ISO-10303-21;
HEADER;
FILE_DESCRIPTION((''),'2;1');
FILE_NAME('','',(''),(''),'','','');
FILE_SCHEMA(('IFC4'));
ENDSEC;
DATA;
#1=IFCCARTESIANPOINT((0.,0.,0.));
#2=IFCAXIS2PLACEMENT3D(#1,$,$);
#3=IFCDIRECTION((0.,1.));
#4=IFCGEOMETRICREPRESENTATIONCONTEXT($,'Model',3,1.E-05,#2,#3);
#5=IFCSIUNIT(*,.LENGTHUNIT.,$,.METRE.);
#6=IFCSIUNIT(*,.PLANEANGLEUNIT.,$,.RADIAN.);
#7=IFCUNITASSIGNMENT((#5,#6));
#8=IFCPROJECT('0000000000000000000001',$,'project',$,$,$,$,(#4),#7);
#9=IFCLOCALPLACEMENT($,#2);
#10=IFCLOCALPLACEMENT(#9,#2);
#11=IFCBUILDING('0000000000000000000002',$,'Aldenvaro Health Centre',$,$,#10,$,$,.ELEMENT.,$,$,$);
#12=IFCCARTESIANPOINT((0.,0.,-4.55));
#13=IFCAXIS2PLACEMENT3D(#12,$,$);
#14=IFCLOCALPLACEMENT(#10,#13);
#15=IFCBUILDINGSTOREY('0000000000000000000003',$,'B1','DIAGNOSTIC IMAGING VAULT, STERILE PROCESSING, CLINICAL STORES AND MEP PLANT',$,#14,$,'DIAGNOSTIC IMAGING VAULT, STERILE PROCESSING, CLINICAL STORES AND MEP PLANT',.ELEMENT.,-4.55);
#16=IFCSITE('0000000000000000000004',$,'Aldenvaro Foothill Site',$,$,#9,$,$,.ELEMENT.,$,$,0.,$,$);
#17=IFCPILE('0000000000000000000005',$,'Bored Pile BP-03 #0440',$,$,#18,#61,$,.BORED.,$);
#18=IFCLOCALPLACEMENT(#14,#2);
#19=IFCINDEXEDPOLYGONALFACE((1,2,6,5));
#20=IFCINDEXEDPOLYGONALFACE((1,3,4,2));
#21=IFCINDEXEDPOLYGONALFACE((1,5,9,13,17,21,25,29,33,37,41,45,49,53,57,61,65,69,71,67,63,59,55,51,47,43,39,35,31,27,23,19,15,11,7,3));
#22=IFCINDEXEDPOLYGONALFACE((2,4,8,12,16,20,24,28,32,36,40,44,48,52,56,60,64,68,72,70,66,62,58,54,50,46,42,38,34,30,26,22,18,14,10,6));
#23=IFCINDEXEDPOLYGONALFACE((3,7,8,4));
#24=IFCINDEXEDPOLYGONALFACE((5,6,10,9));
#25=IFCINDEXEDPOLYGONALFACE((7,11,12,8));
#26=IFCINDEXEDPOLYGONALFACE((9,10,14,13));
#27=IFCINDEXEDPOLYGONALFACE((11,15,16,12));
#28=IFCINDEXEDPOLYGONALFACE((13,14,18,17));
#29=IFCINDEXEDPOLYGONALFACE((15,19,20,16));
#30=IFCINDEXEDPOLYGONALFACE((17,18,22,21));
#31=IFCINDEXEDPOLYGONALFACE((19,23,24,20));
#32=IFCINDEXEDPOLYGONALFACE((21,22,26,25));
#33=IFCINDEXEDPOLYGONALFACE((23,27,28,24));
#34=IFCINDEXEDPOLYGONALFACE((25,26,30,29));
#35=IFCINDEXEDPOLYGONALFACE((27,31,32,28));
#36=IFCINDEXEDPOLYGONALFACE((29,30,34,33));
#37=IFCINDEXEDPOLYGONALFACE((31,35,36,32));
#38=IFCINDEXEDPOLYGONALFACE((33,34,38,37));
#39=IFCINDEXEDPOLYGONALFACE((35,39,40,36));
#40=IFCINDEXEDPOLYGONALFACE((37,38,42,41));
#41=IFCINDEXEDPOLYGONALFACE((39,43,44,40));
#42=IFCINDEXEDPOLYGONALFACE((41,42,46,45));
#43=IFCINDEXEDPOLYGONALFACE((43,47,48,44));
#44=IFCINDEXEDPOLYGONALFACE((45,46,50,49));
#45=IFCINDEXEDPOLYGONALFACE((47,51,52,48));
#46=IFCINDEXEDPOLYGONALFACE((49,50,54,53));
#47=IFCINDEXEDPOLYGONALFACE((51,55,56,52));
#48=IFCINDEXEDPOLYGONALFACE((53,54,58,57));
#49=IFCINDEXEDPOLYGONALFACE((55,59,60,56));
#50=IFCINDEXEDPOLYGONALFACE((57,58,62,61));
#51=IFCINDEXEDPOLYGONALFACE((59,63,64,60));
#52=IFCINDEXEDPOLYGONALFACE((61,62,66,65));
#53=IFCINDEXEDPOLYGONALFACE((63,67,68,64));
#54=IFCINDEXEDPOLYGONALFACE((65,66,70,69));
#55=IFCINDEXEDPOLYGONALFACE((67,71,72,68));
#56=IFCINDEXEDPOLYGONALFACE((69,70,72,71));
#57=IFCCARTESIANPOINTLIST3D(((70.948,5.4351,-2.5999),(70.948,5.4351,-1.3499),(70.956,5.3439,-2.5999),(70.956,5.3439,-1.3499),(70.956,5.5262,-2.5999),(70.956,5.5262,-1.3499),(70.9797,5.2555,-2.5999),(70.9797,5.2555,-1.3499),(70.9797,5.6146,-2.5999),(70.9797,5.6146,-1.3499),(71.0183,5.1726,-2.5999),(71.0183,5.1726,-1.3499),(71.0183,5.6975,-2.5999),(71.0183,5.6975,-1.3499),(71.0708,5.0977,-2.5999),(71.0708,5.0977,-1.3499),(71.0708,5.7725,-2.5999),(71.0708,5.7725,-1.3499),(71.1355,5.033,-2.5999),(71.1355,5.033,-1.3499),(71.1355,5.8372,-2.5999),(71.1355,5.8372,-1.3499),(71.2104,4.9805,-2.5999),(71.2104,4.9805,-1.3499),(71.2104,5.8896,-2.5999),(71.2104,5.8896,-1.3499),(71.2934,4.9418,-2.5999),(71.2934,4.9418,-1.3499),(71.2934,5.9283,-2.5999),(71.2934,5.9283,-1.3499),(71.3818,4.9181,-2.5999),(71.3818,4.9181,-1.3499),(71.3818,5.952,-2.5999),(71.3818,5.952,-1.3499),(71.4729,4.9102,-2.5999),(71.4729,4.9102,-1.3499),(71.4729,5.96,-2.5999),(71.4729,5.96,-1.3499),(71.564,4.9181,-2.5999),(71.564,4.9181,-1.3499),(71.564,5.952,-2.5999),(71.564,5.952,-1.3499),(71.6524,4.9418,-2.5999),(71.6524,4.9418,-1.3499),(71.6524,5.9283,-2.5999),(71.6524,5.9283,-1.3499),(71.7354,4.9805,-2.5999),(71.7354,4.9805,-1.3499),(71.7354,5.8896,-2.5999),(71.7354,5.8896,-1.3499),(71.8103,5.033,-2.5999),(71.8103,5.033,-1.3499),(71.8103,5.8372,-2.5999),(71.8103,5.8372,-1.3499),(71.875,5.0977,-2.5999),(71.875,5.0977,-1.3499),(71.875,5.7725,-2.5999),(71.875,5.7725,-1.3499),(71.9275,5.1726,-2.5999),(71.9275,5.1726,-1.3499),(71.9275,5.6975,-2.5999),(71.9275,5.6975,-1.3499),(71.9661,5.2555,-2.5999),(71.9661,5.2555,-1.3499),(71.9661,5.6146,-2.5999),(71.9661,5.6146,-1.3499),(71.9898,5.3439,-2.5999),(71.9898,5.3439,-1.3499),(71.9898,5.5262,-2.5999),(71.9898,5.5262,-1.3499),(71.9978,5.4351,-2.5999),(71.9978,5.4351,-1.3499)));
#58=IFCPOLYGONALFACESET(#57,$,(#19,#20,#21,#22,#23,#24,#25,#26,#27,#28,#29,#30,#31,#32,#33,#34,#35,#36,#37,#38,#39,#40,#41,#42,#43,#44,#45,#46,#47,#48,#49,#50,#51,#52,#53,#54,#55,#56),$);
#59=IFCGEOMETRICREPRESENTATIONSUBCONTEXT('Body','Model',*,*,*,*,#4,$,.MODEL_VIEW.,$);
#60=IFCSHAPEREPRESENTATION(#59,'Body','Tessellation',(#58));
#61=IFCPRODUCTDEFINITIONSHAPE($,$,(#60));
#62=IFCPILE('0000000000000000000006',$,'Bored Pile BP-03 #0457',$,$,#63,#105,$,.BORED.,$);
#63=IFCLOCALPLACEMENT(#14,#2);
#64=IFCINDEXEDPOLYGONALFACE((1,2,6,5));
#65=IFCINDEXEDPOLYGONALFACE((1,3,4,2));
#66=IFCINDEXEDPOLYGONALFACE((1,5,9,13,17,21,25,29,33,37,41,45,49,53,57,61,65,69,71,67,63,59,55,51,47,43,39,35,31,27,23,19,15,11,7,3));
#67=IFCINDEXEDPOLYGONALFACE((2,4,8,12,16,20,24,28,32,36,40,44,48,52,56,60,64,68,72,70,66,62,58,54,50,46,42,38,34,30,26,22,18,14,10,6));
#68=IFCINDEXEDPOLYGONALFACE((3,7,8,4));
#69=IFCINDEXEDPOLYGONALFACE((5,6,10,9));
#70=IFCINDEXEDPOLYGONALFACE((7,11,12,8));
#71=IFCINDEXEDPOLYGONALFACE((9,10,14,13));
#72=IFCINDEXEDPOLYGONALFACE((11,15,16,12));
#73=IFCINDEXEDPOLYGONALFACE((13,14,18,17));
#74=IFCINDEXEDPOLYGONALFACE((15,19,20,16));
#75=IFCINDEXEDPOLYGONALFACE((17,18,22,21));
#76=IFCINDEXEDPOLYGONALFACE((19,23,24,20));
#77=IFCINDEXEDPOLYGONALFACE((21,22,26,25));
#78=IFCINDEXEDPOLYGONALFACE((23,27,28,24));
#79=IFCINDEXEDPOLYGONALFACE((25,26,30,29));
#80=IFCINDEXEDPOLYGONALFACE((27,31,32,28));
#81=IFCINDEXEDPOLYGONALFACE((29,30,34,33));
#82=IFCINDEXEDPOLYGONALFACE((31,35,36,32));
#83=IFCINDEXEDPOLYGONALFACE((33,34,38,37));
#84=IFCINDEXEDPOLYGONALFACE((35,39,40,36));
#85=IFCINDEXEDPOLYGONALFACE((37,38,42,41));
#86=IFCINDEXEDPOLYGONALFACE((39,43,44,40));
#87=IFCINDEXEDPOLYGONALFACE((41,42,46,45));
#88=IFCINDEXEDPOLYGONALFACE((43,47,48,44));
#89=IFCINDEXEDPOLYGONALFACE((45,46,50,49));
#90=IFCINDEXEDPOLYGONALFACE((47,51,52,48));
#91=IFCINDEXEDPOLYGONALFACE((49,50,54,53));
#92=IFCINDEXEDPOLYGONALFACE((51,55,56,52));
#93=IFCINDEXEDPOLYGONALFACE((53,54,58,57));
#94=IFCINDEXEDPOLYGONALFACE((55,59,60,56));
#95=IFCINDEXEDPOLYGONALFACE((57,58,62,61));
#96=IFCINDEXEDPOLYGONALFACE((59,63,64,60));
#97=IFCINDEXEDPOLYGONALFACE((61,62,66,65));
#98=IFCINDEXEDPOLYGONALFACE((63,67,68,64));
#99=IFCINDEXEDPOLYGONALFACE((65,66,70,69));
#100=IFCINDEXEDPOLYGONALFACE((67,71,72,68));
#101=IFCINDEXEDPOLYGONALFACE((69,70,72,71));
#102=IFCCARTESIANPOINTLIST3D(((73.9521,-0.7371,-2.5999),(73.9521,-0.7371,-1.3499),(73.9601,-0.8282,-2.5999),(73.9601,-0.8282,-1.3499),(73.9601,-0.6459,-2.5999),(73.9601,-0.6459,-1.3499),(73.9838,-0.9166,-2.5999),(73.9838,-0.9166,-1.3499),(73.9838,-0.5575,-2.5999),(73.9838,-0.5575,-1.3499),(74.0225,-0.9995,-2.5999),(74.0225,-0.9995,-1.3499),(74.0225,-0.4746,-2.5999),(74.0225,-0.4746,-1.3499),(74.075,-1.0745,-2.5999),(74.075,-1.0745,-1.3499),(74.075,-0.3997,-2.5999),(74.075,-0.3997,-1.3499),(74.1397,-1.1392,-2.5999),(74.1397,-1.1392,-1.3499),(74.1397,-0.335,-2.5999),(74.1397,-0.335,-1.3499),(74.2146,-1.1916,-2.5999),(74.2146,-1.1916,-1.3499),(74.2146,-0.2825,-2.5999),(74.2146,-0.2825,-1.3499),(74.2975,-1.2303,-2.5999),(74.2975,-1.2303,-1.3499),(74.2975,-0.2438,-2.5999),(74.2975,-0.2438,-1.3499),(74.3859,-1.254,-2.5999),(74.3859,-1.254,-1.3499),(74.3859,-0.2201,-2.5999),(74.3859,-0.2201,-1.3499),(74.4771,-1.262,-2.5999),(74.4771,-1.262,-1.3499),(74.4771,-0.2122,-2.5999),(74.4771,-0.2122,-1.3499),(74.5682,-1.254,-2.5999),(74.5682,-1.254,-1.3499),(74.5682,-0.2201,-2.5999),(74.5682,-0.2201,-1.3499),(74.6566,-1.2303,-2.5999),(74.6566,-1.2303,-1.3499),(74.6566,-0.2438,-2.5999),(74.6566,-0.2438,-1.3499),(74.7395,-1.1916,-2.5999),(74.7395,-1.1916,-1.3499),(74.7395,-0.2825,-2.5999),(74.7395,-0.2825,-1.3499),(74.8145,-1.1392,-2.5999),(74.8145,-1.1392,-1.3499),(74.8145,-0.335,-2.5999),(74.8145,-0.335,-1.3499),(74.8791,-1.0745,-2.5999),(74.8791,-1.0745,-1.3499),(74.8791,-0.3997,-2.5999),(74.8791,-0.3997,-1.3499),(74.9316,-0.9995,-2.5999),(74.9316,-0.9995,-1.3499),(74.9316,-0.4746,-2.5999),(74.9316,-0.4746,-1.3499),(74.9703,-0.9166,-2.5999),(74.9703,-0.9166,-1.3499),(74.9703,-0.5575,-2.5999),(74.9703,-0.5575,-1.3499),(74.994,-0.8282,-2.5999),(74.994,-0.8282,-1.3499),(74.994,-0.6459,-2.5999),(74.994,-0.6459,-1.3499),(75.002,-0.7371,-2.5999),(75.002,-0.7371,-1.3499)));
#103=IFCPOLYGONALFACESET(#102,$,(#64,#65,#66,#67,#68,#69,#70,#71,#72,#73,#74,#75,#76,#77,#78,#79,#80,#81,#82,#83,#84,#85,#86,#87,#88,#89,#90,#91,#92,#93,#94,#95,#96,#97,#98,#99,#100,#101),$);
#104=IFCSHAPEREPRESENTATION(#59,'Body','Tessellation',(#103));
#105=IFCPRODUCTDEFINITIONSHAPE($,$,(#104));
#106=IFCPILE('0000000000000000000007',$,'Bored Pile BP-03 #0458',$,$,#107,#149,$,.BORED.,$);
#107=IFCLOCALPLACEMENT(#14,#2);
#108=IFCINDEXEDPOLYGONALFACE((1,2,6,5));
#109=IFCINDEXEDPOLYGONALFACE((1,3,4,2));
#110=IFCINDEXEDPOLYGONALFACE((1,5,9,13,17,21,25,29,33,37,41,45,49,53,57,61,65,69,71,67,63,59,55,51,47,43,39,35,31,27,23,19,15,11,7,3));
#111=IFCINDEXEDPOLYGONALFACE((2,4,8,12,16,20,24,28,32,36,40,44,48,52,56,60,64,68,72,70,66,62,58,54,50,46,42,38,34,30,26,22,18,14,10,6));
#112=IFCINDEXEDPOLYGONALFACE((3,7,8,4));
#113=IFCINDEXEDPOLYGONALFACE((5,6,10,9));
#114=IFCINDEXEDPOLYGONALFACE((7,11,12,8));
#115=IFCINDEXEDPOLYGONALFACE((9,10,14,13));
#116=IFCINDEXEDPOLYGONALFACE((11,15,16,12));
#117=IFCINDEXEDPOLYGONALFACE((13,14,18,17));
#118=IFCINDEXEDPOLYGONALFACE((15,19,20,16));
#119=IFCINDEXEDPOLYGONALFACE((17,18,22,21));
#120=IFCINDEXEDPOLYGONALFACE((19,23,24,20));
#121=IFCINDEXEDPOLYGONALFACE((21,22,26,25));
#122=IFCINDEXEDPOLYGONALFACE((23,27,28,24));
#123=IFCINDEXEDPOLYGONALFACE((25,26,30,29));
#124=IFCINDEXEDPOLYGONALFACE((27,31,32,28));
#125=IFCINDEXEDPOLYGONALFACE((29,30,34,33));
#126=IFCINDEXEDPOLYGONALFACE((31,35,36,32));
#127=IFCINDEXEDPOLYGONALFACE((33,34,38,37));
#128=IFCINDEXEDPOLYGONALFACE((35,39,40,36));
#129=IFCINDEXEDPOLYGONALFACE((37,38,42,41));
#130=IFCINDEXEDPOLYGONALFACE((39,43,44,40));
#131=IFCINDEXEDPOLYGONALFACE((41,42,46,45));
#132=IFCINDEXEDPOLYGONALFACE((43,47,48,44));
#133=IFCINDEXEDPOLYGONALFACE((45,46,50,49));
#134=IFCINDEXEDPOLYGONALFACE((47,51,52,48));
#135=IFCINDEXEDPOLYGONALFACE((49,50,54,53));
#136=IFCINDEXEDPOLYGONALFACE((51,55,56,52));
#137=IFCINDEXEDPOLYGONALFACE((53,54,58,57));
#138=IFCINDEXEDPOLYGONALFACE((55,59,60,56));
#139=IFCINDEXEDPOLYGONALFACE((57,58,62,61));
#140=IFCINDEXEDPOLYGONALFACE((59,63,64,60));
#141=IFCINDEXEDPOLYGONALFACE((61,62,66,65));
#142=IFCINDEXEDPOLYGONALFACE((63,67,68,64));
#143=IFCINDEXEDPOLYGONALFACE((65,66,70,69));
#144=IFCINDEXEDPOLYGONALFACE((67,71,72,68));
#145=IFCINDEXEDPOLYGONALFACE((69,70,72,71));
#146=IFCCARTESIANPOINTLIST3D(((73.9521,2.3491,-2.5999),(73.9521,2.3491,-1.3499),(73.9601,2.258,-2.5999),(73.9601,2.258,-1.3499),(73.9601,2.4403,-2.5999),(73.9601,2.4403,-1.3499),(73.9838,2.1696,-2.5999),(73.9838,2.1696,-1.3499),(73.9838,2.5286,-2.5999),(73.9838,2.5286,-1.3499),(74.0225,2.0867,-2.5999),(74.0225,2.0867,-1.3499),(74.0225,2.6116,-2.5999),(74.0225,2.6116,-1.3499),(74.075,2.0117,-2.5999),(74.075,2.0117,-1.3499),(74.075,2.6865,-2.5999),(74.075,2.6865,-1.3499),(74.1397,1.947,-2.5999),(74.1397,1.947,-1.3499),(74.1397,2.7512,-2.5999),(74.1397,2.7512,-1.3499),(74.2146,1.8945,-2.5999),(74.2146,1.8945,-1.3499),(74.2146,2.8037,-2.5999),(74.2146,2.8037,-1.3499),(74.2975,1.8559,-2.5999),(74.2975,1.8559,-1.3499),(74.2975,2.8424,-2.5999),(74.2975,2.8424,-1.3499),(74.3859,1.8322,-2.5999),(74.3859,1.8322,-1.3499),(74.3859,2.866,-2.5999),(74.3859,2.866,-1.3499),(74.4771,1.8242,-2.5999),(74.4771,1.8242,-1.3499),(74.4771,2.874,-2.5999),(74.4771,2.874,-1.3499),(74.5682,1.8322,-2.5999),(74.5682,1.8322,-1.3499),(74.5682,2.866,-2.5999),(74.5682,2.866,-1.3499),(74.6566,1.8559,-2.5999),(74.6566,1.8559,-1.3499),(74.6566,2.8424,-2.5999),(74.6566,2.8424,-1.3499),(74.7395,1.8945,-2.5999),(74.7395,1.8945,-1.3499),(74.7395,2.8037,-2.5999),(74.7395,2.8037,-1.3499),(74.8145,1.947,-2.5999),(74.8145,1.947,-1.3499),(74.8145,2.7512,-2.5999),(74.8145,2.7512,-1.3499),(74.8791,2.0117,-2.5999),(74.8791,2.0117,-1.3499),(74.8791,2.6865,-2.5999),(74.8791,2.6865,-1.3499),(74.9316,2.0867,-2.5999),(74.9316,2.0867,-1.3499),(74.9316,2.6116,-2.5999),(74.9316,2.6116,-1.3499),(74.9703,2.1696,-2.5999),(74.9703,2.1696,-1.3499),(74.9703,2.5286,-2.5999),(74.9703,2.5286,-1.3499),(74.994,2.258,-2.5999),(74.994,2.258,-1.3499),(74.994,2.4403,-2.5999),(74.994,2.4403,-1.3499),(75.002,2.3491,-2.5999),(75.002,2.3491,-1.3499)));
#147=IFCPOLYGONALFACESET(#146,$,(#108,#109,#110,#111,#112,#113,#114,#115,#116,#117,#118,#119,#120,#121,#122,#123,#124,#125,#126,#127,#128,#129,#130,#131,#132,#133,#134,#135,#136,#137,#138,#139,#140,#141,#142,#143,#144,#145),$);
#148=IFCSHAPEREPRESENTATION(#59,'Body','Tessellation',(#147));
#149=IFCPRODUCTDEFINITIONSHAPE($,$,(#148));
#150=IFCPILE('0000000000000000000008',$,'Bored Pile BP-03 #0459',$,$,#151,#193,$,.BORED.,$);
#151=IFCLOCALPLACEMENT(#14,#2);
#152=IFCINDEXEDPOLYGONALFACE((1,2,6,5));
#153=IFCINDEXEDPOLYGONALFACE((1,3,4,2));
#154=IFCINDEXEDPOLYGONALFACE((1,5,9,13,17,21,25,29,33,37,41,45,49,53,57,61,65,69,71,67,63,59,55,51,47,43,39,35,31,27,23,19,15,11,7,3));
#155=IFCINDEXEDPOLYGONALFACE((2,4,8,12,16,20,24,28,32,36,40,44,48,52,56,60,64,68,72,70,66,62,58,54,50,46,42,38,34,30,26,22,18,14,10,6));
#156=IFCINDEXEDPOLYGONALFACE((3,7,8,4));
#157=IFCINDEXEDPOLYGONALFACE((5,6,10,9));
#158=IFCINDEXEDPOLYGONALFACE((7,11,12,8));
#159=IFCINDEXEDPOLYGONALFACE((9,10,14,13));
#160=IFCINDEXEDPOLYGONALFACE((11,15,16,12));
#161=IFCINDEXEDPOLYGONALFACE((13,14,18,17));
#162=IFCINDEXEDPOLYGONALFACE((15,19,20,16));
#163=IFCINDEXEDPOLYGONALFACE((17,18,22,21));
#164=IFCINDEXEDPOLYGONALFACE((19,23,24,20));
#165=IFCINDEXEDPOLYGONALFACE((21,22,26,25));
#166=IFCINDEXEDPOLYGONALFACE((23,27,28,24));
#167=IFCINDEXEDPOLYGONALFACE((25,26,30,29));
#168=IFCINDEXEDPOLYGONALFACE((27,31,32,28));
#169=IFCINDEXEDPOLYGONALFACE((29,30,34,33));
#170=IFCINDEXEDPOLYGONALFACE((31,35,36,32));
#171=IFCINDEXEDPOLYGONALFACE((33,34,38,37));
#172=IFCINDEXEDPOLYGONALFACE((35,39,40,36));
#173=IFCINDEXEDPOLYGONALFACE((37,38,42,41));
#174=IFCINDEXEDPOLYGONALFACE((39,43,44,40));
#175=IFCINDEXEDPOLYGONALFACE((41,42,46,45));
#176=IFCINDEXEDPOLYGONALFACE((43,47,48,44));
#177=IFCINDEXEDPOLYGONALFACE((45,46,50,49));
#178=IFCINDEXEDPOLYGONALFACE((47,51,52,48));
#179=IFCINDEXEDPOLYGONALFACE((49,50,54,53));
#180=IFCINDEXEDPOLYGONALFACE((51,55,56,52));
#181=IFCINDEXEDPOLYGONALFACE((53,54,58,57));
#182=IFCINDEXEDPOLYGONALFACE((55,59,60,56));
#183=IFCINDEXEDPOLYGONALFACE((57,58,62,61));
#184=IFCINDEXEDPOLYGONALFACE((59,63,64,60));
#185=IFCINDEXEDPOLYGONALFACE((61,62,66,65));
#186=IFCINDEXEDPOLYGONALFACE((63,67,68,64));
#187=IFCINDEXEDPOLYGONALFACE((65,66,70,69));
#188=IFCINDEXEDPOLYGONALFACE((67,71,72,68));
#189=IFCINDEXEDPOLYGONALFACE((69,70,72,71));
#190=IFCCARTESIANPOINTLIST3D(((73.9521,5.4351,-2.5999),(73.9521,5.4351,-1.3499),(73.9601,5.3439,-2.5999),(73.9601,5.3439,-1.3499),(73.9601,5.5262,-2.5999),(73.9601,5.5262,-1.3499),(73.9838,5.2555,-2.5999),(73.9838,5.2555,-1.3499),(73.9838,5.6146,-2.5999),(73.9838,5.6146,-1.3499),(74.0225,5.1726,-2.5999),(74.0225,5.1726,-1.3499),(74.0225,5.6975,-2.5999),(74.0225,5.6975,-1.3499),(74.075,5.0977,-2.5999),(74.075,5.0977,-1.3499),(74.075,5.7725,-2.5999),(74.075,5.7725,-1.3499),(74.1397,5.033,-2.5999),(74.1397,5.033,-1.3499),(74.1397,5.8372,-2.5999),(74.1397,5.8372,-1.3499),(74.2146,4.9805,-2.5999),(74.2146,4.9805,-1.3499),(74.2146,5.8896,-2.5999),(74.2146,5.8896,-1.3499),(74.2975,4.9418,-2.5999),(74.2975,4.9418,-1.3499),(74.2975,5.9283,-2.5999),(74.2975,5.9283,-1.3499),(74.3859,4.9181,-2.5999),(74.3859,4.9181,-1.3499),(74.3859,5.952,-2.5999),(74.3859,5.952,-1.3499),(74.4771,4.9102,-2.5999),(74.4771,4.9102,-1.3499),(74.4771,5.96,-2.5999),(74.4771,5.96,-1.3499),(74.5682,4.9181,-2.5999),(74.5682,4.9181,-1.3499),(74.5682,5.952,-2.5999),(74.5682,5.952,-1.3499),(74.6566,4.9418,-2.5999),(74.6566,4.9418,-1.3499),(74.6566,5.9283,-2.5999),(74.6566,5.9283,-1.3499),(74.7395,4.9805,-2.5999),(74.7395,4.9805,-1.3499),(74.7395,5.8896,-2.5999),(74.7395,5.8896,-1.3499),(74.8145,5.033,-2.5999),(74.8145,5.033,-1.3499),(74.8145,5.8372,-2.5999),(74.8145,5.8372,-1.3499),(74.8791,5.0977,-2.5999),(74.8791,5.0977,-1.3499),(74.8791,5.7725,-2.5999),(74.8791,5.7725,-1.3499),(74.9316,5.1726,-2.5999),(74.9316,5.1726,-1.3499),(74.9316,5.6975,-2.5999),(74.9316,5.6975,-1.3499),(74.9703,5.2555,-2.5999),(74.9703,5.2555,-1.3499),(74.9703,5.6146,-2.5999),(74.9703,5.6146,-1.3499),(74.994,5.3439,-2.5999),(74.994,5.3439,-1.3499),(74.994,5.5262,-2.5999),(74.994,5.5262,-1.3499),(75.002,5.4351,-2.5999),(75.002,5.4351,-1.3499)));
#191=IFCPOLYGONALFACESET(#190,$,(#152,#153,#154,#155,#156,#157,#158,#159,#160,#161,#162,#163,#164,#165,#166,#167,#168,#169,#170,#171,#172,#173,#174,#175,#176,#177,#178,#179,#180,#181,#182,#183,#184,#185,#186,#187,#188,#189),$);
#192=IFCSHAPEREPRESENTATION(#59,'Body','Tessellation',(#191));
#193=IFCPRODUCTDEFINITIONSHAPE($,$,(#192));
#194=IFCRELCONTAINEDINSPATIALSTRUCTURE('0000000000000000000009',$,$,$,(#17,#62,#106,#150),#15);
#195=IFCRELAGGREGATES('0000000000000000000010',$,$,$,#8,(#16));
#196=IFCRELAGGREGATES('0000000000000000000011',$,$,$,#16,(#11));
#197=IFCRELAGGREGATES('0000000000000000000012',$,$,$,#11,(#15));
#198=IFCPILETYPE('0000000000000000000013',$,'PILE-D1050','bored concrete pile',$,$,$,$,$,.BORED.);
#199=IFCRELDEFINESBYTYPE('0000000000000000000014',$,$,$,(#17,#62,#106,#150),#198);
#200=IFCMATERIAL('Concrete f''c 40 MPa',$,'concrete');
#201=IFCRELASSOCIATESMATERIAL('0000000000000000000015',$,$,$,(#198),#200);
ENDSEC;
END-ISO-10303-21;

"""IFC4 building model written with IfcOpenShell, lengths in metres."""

from ifc_helpers import new_model, si_unit, direction, frame, origin, origin_2d, place, context, subcontext, project, spatial, circle, extrude, material, material_profile, profile_set, type_object, element, save


model = new_model("IFC4")

# Units and contexts
model_context = context("Model", 3, precision=1e-05, world=origin(), true_north=direction((0.0, 1.0)))
body_context = subcontext(model_context, "Body", "Model", "MODEL_VIEW")
ifc_project = project(units=[si_unit("LENGTHUNIT", "METRE"), si_unit("PLANEANGLEUNIT", "RADIAN")], contexts=[model_context])

# Site, building, storey
site_placement = place(None, origin())
site = spatial("IfcSite", under=ifc_project, at=site_placement, Name="Aldenvaro Foothill Site", CompositionType="ELEMENT", RefElevation=0.0)
building_placement = place(site_placement, origin())
building = spatial("IfcBuilding", under=site, at=building_placement, Name="Aldenvaro Health Centre", CompositionType="ELEMENT")
storey_placement = place(building_placement, frame((0.0, 0.0, -4.55)))
storey = spatial("IfcBuildingStorey", under=building, at=storey_placement, Name="B1", Description="DIAGNOSTIC IMAGING VAULT, STERILE PROCESSING, CLINICAL STORES AND MEP PLANT", LongName="DIAGNOSTIC IMAGING VAULT, STERILE PROCESSING, CLINICAL STORES AND MEP PLANT", CompositionType="ELEMENT", Elevation=-4.55)

# Piles
ifc_material_1 = material(Name="Concrete f'c 40 MPa", Category="concrete")
ifc_material_profile_1 = material_profile(ifc_material_1, circle(Radius=0.5249, at=origin_2d()), Name="PILE D1050", Category="concrete")
ifc_profile_set_1 = profile_set([ifc_material_profile_1], Name="Concrete f'c 40 MPa")
pile_type = type_object("IfcPileType", Name="PILE-D1050", Description="bored concrete pile", PredefinedType="BORED", material=ifc_profile_set_1)
for number, where, z_axis, x_axis, name in (
    (1, (71.4729, 5.4351, -1.3499), (0.0, 0.0, -1.0), (1.0, 0.0, 0.0), "Bored Pile BP-03 #0440"),
    (2, (74.4771, -0.7371, -1.3499), (0.0, 0.0, -1.0), (1.0, 0.0, 0.0), "Bored Pile BP-03 #0457"),
    (3, (74.4771, 2.3491, -1.3499), (0.0, 0.0, -1.0), (1.0, 0.0, 0.0), "Bored Pile BP-03 #0458"),
    (4, (74.4771, 5.4351, -1.3499), (0.0, 0.0, -1.0), (1.0, 0.0, 0.0), "Bored Pile BP-03 #0459"),
):
    element("IfcPile", number, at=place(storey_placement, frame(where, z_axis=z_axis, x_axis=x_axis)), inside=storey, type_object=pile_type, Name=name, PredefinedType="BORED", context=body_context, shape_type="SweptSolid", body=[
        extrude(circle(Radius=0.5249, at=origin_2d()), origin(), (0.0, 0.0, 1.0), 1.25),
    ])

save(model, "model.ifc")
